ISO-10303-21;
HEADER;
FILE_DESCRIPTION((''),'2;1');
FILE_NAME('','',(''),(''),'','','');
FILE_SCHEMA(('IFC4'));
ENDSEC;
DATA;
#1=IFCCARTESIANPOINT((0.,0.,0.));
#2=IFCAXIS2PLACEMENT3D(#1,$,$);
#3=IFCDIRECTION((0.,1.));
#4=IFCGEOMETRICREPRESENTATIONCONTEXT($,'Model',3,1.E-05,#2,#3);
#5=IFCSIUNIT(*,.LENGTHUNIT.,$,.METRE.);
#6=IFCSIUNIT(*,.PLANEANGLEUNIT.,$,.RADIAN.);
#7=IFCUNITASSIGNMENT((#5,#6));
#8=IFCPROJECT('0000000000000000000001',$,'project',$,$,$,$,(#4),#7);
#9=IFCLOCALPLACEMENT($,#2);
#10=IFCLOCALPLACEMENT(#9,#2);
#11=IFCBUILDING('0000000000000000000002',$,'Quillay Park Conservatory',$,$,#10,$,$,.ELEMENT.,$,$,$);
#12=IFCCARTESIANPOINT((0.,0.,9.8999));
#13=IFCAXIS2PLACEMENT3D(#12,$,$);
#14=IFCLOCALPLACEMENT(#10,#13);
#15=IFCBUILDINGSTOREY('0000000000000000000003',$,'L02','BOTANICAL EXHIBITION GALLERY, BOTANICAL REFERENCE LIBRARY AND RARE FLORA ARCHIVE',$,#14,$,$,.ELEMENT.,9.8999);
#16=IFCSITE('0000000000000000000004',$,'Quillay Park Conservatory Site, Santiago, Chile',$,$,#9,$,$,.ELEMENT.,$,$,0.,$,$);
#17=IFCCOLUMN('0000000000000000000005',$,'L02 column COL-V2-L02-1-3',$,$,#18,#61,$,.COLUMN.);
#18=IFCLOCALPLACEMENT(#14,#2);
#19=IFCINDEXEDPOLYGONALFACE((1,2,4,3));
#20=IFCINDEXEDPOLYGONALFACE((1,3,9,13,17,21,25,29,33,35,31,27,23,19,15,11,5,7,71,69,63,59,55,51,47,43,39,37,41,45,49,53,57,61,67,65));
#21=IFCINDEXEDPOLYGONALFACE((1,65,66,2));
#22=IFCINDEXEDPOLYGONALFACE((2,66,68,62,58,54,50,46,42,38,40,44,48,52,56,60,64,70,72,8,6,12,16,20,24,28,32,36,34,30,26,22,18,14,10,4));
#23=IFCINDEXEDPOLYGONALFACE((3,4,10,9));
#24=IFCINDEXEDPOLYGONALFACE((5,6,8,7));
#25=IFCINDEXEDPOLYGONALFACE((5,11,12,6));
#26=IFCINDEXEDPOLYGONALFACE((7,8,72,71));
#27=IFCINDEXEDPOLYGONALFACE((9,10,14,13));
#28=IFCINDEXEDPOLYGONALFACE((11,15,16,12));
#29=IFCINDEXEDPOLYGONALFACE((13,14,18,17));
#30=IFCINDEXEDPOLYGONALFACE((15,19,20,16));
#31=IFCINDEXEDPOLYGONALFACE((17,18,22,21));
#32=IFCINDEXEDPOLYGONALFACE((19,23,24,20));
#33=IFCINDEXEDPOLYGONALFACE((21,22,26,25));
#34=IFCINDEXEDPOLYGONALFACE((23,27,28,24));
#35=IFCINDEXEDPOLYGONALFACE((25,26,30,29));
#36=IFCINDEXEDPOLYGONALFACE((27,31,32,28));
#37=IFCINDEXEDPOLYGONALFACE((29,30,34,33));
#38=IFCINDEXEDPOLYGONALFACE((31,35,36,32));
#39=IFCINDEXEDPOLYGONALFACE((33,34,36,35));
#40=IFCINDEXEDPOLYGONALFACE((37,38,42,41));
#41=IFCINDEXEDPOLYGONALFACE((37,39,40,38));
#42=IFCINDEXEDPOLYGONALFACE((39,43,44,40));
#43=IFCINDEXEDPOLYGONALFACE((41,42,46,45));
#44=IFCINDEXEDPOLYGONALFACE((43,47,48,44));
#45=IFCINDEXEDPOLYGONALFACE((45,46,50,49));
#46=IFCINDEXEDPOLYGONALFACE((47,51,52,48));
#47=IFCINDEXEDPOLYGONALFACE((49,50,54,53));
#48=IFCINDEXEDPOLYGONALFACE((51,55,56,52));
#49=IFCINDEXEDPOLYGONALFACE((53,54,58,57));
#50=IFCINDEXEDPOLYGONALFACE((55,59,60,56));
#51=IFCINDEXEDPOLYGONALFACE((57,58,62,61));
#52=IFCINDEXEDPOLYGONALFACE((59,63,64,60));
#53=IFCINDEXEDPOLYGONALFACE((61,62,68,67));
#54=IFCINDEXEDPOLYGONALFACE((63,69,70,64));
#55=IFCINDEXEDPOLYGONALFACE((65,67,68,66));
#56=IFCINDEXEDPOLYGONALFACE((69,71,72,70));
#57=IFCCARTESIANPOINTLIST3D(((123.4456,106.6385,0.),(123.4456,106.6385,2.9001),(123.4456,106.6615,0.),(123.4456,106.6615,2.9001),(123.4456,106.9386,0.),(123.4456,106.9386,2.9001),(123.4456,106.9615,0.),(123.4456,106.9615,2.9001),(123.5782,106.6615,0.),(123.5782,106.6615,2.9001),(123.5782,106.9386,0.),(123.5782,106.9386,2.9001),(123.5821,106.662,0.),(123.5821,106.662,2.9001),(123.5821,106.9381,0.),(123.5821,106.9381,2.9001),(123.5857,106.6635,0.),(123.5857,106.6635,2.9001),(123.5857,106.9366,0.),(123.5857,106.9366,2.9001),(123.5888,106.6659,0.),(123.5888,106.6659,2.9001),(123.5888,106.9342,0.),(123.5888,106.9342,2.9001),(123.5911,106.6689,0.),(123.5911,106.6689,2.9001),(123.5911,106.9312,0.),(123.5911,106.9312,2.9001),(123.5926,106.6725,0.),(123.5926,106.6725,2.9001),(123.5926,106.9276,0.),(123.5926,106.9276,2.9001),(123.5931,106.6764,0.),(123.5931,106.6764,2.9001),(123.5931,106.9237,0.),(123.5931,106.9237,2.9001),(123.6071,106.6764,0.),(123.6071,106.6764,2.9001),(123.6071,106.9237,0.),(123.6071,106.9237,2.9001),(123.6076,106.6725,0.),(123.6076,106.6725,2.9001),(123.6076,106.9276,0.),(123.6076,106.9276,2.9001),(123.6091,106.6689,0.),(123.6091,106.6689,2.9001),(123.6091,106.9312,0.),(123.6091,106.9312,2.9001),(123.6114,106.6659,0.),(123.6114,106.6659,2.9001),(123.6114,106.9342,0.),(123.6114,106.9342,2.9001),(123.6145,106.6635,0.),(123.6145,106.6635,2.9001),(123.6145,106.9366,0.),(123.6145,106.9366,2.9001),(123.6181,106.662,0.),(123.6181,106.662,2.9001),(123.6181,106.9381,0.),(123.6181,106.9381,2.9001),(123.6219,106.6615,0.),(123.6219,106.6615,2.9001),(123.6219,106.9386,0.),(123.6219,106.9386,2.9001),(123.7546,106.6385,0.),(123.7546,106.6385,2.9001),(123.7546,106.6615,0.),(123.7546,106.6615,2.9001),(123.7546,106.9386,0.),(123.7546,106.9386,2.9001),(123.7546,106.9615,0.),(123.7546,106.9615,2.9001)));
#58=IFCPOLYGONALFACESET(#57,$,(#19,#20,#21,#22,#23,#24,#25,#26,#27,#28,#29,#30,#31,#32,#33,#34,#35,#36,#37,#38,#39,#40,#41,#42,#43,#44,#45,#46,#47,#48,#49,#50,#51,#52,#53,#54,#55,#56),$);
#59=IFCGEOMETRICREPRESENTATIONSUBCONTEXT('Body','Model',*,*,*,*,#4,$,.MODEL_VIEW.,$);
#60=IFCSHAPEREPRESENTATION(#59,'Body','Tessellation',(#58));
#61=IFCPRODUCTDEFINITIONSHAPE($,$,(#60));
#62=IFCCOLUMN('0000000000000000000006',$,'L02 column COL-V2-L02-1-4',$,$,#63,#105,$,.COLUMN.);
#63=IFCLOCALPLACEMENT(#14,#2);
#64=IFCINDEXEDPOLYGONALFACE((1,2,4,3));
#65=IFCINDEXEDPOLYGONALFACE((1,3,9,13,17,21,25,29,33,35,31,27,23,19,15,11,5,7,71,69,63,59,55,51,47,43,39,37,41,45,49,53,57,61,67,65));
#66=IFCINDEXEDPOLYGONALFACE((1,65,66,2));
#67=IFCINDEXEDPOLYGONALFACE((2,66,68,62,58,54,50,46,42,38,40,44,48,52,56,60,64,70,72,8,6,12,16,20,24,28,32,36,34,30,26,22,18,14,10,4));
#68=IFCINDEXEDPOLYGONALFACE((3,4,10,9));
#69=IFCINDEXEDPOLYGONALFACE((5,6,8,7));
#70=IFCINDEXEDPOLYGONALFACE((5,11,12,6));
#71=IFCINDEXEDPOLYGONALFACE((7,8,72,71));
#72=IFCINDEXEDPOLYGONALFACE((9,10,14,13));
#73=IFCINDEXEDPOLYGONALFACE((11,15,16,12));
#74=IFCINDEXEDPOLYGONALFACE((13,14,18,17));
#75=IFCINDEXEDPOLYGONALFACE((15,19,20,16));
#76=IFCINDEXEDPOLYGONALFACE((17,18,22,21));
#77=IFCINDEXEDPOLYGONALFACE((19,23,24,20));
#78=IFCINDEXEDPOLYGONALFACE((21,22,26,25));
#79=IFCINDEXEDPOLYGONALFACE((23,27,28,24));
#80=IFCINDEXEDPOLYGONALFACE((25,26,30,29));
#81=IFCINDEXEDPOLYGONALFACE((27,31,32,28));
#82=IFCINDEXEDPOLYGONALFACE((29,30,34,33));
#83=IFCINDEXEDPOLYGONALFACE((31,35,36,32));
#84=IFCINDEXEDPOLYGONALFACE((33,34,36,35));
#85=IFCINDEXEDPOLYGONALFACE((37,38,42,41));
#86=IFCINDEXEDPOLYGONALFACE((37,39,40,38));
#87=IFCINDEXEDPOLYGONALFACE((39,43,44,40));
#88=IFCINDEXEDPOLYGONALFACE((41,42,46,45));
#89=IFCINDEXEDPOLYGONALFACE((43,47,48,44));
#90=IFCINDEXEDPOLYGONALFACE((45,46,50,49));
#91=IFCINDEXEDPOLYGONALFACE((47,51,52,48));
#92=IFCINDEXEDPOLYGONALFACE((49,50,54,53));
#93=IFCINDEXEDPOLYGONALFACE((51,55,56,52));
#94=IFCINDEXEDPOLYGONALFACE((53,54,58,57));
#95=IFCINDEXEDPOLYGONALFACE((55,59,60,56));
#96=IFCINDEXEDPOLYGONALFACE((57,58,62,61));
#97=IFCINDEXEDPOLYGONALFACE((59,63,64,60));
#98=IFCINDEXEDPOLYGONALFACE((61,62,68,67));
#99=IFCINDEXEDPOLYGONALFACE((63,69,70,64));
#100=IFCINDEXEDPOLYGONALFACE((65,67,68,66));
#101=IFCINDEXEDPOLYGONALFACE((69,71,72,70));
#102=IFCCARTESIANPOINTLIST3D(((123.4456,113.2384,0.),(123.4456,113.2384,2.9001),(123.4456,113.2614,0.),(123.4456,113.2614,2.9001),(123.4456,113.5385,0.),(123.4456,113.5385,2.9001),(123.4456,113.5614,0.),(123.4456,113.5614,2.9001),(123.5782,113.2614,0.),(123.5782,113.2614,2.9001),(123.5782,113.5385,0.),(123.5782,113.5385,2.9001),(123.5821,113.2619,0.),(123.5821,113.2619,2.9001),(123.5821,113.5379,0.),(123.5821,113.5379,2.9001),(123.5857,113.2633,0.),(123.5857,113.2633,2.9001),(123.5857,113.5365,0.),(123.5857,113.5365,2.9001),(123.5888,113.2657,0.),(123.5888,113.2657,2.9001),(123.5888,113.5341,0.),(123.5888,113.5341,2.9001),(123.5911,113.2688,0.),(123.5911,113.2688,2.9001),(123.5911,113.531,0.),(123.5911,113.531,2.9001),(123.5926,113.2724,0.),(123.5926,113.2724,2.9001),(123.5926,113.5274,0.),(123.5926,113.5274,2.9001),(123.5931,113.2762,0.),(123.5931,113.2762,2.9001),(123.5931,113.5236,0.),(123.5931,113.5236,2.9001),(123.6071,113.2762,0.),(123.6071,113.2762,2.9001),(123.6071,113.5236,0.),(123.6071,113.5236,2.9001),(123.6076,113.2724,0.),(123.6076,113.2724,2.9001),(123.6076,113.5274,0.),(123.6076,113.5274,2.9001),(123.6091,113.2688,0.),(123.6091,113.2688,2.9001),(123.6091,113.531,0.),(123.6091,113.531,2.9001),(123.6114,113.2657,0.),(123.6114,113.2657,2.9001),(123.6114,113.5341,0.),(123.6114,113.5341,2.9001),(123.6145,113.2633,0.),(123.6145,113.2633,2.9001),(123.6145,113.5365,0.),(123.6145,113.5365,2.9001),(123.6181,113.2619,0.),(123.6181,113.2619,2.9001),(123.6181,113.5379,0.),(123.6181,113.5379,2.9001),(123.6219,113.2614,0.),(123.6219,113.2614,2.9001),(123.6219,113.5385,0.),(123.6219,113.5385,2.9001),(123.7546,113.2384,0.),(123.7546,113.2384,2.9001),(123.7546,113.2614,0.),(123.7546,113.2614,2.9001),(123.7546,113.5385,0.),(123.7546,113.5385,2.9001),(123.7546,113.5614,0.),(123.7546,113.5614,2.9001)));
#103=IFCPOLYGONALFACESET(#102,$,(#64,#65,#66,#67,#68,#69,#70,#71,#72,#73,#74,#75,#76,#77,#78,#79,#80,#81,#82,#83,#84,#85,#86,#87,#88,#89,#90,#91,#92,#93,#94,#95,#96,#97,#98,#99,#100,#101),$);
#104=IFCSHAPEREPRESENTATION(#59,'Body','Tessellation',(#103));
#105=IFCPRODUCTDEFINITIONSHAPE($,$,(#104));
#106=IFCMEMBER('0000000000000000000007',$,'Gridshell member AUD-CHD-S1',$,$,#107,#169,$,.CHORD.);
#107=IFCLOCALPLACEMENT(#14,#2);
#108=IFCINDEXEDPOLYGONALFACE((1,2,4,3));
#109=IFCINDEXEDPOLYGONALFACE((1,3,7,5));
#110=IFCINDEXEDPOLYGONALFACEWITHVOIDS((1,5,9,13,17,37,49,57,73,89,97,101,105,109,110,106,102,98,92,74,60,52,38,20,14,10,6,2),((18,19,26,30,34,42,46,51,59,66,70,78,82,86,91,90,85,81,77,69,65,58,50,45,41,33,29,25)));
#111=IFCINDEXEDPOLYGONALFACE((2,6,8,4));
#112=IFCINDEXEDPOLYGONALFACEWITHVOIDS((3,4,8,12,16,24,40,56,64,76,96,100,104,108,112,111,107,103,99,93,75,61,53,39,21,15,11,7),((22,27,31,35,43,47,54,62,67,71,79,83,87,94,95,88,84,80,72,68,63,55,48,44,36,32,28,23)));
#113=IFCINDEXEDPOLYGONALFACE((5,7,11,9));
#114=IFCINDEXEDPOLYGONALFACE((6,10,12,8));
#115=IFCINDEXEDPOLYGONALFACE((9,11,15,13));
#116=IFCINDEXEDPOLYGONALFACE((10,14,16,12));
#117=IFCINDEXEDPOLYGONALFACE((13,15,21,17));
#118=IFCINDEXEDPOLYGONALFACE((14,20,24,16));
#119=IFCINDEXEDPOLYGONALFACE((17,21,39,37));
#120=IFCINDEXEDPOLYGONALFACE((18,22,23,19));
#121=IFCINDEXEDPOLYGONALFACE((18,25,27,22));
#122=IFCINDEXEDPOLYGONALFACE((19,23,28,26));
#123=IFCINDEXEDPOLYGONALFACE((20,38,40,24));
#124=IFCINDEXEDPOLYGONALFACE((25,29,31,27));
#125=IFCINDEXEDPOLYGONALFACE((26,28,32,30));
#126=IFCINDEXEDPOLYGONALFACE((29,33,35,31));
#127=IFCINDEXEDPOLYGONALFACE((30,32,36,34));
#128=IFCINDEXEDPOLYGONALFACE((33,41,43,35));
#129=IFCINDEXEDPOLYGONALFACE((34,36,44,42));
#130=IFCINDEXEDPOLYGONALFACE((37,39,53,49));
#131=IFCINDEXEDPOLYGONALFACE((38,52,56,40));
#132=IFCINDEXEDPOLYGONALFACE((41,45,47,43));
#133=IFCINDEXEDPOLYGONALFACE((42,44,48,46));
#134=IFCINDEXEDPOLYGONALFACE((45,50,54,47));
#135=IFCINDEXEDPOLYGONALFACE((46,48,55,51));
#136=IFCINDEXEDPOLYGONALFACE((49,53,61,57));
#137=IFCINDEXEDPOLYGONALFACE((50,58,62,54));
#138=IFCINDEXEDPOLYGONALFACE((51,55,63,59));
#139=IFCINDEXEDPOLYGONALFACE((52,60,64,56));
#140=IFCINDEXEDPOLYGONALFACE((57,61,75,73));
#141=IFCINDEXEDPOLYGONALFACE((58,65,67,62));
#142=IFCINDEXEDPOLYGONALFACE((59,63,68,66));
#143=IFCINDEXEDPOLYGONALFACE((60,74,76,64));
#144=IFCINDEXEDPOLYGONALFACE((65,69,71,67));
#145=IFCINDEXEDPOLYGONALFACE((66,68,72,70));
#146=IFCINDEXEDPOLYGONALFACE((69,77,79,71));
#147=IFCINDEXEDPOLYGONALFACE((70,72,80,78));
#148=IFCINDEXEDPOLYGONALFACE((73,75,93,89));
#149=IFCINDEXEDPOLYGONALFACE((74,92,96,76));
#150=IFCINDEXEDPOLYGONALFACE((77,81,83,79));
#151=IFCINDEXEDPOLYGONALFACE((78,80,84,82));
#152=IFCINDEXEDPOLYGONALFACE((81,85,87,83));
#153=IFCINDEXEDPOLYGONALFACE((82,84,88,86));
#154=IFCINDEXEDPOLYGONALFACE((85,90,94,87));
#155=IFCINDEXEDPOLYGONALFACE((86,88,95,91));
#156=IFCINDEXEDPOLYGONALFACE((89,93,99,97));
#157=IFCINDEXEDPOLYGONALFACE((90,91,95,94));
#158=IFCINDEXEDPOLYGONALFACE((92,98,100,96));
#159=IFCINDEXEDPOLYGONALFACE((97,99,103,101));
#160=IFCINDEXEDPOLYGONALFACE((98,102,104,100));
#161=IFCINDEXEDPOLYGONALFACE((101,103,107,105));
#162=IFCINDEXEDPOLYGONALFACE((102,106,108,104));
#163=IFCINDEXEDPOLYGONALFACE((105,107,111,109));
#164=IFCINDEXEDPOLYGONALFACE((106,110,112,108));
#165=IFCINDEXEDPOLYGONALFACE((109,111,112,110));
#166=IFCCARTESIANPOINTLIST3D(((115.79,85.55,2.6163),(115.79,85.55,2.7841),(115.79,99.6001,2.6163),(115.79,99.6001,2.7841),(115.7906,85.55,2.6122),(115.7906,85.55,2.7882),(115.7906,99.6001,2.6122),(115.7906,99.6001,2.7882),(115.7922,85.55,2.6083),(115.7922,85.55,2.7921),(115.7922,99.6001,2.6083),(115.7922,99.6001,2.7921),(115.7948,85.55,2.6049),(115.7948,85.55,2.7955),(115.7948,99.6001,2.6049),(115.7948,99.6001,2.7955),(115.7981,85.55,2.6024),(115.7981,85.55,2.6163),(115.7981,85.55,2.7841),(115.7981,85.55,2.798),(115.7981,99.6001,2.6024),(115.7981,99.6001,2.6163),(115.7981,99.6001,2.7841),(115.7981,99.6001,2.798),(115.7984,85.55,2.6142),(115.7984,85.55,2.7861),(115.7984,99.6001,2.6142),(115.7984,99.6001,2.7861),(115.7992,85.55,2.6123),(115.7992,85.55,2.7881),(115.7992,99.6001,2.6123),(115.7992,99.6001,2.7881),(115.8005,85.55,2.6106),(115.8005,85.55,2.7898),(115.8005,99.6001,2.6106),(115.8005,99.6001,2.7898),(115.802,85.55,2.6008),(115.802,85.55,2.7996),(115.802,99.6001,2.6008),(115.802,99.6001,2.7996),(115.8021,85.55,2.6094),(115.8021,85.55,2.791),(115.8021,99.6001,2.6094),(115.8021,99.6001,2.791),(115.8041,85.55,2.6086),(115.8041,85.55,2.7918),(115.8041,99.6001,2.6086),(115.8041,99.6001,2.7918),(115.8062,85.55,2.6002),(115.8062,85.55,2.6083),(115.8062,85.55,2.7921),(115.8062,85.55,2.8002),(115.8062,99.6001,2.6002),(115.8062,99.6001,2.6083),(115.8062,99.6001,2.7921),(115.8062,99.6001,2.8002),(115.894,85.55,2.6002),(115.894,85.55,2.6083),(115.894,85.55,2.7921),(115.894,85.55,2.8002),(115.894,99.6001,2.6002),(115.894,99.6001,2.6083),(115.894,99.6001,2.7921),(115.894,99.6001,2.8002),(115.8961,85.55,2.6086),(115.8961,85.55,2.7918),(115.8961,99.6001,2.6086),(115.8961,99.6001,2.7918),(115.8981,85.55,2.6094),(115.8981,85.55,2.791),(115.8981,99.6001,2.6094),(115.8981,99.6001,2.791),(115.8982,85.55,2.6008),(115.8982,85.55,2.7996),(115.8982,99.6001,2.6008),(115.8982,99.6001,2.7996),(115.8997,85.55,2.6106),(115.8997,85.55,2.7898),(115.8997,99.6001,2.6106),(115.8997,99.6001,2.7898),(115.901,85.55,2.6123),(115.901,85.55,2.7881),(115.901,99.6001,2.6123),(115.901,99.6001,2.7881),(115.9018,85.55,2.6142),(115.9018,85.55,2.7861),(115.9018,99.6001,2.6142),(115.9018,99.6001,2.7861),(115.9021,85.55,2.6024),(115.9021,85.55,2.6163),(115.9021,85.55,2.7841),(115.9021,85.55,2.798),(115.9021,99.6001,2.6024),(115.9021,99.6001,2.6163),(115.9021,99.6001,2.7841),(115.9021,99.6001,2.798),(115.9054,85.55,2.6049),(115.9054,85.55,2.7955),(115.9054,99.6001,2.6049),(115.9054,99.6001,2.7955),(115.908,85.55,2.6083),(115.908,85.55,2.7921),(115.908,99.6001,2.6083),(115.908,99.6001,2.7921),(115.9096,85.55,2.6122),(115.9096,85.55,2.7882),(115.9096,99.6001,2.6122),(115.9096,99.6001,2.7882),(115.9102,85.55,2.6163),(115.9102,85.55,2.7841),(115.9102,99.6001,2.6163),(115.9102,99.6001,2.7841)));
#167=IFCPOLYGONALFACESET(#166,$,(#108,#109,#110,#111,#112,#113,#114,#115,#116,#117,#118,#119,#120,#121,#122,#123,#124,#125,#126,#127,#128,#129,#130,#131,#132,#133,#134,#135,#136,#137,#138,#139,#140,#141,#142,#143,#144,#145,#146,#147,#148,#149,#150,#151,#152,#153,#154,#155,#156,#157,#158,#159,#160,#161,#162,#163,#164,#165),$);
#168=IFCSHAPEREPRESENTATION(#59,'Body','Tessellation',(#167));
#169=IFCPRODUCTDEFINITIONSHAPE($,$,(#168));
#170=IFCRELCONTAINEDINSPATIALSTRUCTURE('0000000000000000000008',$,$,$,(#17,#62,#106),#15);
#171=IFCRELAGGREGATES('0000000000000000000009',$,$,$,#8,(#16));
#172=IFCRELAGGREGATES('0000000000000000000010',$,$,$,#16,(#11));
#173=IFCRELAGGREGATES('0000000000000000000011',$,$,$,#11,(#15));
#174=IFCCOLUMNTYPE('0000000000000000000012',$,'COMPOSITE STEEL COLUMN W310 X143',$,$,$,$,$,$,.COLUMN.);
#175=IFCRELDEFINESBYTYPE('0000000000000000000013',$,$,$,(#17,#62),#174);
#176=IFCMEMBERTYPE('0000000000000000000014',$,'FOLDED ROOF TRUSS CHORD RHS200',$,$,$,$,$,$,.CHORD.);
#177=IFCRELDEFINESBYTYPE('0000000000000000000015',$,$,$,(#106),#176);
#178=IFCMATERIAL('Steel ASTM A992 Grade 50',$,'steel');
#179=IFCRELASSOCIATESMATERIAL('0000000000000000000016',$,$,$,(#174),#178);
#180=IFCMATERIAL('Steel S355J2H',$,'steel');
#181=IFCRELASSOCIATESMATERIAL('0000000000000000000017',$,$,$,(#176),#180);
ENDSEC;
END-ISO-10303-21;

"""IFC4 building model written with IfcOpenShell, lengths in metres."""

from ifc_helpers import new_model, si_unit, direction, frame, origin, origin_2d, place, context, subcontext, project, spatial, hollow_rectangle, i_section, extrude, material, material_profile, profile_set, type_object, element, save


model = new_model("IFC4")

# Units and contexts
model_context = context("Model", 3, precision=1e-05, world=origin(), true_north=direction((0.0, 1.0)))
body_context = subcontext(model_context, "Body", "Model", "MODEL_VIEW")
ifc_project = project(units=[si_unit("LENGTHUNIT", "METRE"), si_unit("PLANEANGLEUNIT", "RADIAN")], contexts=[model_context])

# Site, building, storey
site_placement = place(None, origin())
site = spatial("IfcSite", under=ifc_project, at=site_placement, Name="Quillay Park Conservatory Site, Santiago, Chile", CompositionType="ELEMENT", RefElevation=0.0)
building_placement = place(site_placement, origin())
building = spatial("IfcBuilding", under=site, at=building_placement, Name="Quillay Park Conservatory", CompositionType="ELEMENT")
storey_placement = place(building_placement, frame((0.0, 0.0, 9.8999)))
storey = spatial("IfcBuildingStorey", under=building, at=storey_placement, Name="L02", Description="BOTANICAL EXHIBITION GALLERY, BOTANICAL REFERENCE LIBRARY AND RARE FLORA ARCHIVE", CompositionType="ELEMENT", Elevation=9.8999)

# Columns
ifc_material_1 = material(Name="Steel ASTM A992 Grade 50", Category="steel")
ifc_material_profile_1 = material_profile(ifc_material_1, i_section(OverallWidth=0.3091, OverallDepth=0.323, WebThickness=0.0139, FlangeThickness=0.0229, FilletRadius=0.0149, at=origin_2d()), Name="W310x143")
ifc_profile_set_1 = profile_set([ifc_material_profile_1], Name="Steel ASTM A992 Grade 50")
column_type = type_object("IfcColumnType", Name="COMPOSITE STEEL COLUMN W310 X143", PredefinedType="COLUMN", material=ifc_profile_set_1)
for number, where, z_axis, x_axis, name in (
    (1, (123.6001, 106.8, 0.0), (0.0, 0.0, 1.0), (1.0, 0.0, 0.0), "L02 column COL-V2-L02-1-3"),
    (2, (123.6001, 113.3999, 0.0), (0.0, 0.0, 1.0), (1.0, 0.0, 0.0), "L02 column COL-V2-L02-1-4"),
):
    element("IfcColumn", number, at=place(storey_placement, frame(where, z_axis=z_axis, x_axis=x_axis)), inside=storey, type_object=column_type, Name=name, PredefinedType="COLUMN", context=body_context, shape_type="SweptSolid", body=[
        extrude(i_section(OverallWidth=0.3091, OverallDepth=0.323, WebThickness=0.0139, FlangeThickness=0.0229, FilletRadius=0.0149, at=origin_2d()), origin(), (0.0, 0.0, 1.0), 2.9001),
    ])

# Member
ifc_material_2 = material(Name="Steel S355J2H", Category="steel")
ifc_material_profile_2 = material_profile(ifc_material_2, hollow_rectangle(XDim=0.1201, YDim=0.2, WallThickness=0.0081, InnerFilletRadius=0.0081, OuterFilletRadius=0.0161, at=origin_2d()), Name="RHS200x120x8")
ifc_profile_set_2 = profile_set([ifc_material_profile_2], Name="Steel S355J2H")
member_type = type_object("IfcMemberType", Name="FOLDED ROOF TRUSS CHORD RHS200", PredefinedType="CHORD", material=ifc_profile_set_2)
member_1_placement = place(storey_placement, frame((115.8501, 85.55, 2.7002), z_axis=(0.0, 1.0, 0.0), x_axis=(-1.0, 0.0, 0.0)))
element("IfcMember", 3, at=member_1_placement, inside=storey, type_object=member_type, Name="Gridshell member AUD-CHD-S1", PredefinedType="CHORD", context=body_context, shape_type="SweptSolid", body=[
    extrude(hollow_rectangle(XDim=0.1201, YDim=0.2, WallThickness=0.0081, InnerFilletRadius=0.0081, OuterFilletRadius=0.0161, at=origin_2d()), origin(), (0.0, 0.0, 1.0), 14.05),
])

save(model, "model.ifc")
